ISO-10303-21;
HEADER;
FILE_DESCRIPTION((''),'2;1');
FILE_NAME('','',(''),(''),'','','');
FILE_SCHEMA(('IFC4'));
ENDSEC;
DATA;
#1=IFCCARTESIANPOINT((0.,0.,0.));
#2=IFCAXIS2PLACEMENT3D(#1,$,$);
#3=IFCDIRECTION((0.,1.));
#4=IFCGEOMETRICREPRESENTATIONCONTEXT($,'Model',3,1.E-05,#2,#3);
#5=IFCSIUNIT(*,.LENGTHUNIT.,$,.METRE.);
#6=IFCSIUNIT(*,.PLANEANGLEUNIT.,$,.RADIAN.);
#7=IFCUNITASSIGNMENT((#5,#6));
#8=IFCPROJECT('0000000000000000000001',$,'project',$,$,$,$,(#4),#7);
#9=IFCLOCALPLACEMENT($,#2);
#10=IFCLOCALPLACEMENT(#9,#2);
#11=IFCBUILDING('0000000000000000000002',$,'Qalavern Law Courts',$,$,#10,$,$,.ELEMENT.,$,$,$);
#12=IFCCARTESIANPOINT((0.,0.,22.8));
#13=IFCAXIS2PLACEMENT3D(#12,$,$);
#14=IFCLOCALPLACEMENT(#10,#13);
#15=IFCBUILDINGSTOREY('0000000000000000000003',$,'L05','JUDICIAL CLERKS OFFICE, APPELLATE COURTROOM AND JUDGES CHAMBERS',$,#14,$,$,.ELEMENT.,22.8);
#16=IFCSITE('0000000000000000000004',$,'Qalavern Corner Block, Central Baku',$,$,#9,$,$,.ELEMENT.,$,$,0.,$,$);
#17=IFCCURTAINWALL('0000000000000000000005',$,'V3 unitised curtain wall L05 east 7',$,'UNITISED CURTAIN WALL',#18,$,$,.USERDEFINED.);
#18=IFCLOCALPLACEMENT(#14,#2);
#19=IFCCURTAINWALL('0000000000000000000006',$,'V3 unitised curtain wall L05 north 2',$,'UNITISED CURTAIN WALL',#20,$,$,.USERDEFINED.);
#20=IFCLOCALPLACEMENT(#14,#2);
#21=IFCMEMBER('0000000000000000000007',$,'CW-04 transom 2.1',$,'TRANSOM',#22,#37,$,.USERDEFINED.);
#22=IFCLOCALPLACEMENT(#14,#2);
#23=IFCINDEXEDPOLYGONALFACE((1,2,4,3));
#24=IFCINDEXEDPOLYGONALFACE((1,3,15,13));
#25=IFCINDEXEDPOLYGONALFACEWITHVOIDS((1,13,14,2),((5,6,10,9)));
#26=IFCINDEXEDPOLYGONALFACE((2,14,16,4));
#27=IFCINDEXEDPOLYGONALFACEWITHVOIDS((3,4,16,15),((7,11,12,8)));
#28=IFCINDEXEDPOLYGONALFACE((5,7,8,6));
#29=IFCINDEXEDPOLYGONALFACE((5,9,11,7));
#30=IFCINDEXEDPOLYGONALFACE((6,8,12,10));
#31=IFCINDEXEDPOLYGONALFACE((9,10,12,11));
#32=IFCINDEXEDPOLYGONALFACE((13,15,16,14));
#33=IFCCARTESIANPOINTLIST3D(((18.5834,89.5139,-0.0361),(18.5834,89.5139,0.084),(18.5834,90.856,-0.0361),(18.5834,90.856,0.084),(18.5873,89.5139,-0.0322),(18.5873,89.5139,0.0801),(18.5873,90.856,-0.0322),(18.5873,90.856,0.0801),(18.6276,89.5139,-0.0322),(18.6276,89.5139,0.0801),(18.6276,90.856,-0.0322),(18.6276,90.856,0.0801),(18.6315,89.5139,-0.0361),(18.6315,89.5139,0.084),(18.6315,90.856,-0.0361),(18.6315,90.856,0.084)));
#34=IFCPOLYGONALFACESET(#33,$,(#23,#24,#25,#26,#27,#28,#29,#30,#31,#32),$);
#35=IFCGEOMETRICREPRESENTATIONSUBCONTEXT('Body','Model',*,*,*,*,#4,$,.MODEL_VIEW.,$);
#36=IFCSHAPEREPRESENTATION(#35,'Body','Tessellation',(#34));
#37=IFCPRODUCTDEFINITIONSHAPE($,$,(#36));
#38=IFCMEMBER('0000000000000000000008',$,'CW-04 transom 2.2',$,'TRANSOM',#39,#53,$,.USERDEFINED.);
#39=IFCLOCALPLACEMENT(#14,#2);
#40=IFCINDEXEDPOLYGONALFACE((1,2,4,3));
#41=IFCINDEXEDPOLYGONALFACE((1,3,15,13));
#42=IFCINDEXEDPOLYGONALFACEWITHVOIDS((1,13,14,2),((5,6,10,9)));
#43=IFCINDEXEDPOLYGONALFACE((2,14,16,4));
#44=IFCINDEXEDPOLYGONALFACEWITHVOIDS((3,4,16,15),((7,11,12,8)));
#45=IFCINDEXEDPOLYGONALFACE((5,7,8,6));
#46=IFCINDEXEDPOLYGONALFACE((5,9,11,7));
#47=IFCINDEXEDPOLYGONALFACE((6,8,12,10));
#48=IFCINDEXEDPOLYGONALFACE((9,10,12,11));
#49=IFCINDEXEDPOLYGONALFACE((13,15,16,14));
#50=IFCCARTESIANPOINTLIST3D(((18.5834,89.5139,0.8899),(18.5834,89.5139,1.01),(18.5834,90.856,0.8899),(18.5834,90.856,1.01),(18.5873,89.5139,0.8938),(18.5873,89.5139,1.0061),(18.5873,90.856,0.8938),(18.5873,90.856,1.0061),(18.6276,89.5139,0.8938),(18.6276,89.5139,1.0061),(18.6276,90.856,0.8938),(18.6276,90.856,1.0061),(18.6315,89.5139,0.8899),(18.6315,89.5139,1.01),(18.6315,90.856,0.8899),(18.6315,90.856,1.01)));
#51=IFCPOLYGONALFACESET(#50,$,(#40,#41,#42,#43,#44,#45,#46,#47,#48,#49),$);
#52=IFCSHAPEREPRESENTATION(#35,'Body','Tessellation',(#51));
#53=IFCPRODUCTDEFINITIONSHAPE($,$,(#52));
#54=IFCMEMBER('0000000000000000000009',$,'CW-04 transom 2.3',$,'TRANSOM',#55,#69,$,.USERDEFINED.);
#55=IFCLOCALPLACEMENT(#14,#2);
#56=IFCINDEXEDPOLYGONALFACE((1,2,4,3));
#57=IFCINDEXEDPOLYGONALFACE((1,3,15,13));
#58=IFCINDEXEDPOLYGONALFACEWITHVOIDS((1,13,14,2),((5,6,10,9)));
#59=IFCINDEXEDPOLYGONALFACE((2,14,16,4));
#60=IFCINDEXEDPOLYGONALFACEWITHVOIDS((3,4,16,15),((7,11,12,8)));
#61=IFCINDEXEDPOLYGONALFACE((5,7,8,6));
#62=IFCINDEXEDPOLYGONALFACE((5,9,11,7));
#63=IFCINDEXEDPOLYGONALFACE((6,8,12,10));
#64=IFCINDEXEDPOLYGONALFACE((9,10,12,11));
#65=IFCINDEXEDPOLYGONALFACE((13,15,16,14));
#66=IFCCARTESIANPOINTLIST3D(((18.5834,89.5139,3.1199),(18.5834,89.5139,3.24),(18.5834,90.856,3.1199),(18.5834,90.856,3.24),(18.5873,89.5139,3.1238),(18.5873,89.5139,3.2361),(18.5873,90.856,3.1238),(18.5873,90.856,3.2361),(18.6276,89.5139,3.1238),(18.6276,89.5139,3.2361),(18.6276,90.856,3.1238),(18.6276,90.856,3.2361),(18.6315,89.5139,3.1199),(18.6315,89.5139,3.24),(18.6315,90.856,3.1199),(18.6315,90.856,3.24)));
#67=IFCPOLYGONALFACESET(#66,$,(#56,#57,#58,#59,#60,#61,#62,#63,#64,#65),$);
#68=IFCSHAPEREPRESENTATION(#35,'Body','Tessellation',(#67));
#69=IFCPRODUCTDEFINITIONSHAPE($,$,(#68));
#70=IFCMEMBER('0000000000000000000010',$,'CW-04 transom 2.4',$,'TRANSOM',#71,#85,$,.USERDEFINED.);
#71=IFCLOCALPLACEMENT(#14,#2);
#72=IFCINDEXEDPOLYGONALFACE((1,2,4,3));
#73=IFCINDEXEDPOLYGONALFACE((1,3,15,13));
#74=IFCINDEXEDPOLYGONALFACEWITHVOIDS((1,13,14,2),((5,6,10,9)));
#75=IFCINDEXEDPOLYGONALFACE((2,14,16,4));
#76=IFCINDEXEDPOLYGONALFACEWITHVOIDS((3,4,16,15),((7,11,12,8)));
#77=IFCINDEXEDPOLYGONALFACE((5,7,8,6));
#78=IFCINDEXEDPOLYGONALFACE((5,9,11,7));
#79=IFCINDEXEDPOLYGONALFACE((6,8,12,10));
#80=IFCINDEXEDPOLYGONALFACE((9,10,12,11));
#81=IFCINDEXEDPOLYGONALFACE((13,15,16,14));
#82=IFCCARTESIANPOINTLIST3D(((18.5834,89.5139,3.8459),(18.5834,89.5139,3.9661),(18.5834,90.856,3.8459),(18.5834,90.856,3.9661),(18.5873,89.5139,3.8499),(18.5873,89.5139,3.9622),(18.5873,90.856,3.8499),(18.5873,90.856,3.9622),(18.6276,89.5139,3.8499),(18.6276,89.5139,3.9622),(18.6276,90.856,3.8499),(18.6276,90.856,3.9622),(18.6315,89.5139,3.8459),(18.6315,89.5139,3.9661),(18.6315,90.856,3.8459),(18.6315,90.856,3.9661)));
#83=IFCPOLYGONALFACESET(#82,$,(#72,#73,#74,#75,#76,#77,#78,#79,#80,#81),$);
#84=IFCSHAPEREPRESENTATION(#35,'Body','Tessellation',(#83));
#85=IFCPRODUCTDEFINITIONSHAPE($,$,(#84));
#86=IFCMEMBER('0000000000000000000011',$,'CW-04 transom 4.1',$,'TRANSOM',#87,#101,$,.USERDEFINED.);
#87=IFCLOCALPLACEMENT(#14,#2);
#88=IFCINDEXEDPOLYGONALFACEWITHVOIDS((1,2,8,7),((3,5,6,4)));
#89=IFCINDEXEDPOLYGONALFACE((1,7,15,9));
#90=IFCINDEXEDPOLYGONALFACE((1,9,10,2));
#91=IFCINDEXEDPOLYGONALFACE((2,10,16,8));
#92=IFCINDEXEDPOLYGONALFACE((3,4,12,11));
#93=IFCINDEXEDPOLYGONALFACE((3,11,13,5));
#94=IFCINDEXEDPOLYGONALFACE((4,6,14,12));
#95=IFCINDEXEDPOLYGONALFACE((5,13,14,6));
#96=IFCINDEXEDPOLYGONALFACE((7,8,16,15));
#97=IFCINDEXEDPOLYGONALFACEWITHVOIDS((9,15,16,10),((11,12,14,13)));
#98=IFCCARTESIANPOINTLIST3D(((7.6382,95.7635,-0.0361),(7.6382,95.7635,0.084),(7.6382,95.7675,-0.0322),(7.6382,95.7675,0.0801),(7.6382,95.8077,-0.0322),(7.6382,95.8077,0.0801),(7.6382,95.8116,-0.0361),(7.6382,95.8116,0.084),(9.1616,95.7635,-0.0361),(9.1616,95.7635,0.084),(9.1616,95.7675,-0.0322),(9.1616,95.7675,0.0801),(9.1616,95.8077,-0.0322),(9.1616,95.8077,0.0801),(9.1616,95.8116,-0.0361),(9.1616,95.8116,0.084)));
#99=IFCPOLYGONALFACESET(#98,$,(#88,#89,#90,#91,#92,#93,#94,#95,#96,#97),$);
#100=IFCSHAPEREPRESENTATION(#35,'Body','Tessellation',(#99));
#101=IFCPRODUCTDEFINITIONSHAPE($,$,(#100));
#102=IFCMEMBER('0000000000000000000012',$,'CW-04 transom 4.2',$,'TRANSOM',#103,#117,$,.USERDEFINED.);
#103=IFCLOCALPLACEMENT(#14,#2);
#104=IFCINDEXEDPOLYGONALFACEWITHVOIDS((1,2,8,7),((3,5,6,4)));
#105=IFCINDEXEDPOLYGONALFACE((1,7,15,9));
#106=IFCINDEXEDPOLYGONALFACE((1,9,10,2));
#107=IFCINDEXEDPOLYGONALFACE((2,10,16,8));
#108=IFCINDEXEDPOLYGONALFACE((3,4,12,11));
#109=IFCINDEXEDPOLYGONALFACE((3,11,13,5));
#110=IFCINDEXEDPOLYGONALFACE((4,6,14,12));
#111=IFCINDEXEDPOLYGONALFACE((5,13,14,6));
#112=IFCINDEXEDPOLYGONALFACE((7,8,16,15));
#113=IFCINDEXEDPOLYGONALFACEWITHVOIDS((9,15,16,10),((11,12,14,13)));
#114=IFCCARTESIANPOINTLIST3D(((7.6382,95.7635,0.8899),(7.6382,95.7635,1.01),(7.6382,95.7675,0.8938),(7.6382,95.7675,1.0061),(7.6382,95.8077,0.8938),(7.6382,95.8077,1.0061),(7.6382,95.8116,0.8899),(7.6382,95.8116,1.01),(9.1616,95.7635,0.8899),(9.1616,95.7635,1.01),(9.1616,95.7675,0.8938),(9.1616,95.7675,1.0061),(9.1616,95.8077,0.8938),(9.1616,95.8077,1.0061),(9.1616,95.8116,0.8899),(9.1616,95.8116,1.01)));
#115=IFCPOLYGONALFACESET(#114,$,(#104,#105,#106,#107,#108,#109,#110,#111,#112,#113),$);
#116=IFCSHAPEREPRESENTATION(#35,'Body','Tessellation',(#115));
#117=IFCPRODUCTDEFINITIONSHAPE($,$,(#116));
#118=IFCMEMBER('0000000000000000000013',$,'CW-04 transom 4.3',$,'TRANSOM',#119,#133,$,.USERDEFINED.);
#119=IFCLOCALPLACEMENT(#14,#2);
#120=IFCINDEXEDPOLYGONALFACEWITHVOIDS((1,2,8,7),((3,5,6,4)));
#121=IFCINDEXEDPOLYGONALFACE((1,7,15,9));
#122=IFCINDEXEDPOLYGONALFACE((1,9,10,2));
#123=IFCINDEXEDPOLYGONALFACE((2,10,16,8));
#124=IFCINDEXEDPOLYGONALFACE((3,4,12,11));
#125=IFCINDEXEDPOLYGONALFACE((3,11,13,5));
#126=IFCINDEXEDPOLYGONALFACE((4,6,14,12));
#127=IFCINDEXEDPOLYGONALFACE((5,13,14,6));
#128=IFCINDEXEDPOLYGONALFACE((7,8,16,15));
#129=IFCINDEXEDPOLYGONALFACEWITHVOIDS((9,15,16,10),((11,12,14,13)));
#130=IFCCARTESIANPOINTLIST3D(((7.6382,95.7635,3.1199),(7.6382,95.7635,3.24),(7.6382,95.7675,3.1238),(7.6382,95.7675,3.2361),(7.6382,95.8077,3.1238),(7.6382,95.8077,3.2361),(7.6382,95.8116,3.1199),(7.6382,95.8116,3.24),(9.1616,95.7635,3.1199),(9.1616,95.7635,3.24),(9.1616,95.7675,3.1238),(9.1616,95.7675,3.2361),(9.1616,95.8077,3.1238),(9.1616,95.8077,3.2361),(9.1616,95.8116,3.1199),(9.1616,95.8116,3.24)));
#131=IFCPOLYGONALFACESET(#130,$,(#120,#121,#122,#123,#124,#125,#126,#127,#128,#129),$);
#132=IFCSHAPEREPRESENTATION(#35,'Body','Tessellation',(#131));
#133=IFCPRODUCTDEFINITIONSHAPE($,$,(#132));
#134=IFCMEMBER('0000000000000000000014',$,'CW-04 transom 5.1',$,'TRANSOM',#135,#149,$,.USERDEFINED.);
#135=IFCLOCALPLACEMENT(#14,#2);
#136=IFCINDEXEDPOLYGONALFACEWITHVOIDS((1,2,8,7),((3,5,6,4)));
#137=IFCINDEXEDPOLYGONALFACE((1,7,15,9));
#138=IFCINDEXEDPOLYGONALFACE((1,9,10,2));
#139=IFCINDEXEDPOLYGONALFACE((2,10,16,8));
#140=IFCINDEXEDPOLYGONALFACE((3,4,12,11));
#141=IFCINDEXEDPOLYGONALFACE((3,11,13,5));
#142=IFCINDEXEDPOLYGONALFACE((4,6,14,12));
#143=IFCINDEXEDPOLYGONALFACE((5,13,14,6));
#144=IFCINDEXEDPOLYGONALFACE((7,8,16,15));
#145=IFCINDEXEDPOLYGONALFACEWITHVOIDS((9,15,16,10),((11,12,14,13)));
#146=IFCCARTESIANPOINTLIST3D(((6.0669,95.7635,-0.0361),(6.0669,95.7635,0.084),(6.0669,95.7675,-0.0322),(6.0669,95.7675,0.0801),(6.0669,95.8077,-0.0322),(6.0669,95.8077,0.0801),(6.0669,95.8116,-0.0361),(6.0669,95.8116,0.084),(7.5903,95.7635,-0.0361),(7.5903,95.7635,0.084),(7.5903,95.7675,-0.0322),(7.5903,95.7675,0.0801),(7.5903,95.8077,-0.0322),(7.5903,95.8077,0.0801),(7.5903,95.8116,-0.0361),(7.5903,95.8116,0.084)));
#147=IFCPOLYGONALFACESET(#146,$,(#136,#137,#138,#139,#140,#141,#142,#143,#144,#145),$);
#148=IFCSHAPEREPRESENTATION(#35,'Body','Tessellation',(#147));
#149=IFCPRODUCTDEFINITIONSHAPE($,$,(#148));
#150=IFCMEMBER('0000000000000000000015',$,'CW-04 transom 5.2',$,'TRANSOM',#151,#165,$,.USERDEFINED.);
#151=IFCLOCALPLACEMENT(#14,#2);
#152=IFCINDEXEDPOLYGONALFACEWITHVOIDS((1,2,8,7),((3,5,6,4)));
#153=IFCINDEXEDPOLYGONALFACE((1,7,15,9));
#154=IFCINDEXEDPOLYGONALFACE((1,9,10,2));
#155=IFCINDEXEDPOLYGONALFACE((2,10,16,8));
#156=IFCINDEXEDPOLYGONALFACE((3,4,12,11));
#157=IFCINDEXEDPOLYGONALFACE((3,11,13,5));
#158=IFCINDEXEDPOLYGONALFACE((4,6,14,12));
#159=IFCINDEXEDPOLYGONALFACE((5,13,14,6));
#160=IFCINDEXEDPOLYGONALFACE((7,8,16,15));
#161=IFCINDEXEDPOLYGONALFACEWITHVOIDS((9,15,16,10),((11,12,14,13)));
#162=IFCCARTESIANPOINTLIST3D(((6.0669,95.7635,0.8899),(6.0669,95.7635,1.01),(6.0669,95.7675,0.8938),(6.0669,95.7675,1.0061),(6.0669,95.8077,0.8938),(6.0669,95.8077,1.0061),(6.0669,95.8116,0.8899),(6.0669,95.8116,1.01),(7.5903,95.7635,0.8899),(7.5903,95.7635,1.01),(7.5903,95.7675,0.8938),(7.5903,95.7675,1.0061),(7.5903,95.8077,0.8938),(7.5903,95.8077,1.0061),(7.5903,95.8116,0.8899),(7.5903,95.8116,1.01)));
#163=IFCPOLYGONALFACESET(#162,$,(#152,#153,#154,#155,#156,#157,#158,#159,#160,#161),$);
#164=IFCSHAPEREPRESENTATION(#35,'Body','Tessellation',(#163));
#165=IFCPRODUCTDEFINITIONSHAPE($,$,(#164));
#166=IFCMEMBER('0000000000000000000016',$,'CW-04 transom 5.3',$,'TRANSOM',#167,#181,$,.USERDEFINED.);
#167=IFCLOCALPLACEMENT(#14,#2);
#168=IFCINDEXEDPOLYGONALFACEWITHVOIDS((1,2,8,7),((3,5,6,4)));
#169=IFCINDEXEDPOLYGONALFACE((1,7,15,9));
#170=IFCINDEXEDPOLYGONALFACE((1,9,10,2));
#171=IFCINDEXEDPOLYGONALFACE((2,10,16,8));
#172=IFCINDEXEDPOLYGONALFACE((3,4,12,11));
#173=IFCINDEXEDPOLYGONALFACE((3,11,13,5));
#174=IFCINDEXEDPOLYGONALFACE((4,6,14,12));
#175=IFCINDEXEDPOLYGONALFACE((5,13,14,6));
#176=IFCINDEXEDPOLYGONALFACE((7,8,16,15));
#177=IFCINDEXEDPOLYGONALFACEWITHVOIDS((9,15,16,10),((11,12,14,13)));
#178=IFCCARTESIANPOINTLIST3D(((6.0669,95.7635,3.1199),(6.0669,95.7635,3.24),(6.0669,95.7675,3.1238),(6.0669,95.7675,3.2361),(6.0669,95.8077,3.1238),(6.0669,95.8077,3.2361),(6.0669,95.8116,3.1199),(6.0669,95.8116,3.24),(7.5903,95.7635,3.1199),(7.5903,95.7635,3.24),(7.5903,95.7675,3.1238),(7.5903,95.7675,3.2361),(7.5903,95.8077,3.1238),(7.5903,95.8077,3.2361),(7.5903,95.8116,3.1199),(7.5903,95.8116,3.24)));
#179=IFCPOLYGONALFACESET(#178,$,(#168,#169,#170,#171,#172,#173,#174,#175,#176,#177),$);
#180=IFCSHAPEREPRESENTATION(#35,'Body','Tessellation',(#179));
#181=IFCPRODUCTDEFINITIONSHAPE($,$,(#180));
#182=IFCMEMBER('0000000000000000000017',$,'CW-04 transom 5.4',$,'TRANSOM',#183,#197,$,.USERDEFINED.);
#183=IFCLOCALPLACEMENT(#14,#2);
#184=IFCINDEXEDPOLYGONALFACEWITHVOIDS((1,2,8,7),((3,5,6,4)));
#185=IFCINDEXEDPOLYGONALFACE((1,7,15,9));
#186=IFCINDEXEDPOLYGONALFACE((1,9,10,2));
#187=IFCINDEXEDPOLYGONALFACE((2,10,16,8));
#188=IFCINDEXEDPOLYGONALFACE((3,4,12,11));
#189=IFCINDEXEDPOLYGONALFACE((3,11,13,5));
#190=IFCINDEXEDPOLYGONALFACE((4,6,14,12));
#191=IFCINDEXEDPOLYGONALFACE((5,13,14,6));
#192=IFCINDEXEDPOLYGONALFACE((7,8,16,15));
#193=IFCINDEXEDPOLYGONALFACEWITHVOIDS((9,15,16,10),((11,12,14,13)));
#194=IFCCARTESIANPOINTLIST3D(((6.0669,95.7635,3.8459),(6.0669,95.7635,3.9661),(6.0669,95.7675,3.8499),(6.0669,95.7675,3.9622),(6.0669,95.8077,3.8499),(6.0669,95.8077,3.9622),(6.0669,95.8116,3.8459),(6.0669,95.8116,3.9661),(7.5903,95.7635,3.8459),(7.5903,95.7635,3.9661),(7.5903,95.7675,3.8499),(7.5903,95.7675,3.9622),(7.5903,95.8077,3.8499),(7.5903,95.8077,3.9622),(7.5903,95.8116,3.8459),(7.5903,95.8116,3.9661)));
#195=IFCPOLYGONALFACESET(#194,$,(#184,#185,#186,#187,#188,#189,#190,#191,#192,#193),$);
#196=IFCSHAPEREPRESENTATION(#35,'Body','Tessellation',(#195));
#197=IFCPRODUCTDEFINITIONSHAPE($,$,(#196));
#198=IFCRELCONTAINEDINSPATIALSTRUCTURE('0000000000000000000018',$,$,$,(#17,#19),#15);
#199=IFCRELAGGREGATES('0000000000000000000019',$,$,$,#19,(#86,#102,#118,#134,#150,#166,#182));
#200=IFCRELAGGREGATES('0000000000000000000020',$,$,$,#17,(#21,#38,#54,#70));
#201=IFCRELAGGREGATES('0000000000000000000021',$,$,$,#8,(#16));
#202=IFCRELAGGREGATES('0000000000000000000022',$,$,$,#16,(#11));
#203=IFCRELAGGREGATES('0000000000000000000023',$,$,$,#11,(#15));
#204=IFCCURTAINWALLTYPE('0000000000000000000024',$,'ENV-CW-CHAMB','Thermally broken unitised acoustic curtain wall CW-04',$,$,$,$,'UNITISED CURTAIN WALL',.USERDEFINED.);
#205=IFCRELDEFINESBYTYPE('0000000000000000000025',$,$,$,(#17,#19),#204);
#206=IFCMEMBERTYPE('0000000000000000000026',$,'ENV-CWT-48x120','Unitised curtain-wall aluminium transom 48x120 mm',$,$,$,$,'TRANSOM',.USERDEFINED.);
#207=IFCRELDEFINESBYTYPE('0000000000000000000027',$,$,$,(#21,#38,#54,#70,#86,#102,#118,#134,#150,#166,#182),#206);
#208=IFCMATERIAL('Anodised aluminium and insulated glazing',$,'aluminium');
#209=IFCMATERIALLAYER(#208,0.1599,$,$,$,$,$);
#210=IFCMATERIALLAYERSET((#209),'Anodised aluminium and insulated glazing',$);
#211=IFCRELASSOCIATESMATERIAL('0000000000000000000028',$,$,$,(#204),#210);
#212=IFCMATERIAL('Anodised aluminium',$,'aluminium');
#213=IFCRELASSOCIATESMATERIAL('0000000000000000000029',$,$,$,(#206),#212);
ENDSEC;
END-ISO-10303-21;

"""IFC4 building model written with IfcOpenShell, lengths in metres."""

from ifc_helpers import new_model, si_unit, direction, frame, origin, origin_2d, place, context, subcontext, project, spatial, hollow_rectangle, extrude, material, layer, layer_set, material_profile, profile_set, type_object, element, aggregate, save


model = new_model("IFC4")

# Units and contexts
model_context = context("Model", 3, precision=1e-05, world=origin(), true_north=direction((0.0, 1.0)))
body_context = subcontext(model_context, "Body", "Model", "MODEL_VIEW")
ifc_project = project(units=[si_unit("LENGTHUNIT", "METRE"), si_unit("PLANEANGLEUNIT", "RADIAN")], contexts=[model_context])

# Site, building, storey
site_placement = place(None, origin())
site = spatial("IfcSite", under=ifc_project, at=site_placement, Name="Qalavern Corner Block, Central Baku", CompositionType="ELEMENT", RefElevation=0.0)
building_placement = place(site_placement, origin())
building = spatial("IfcBuilding", under=site, at=building_placement, Name="Qalavern Law Courts", CompositionType="ELEMENT")
storey_placement = place(building_placement, frame((0.0, 0.0, 22.8)))
storey = spatial("IfcBuildingStorey", under=building, at=storey_placement, Name="L05", Description="JUDICIAL CLERKS OFFICE, APPELLATE COURTROOM AND JUDGES CHAMBERS", CompositionType="ELEMENT", Elevation=22.8)

# Curtain wall
ifc_material_1 = material(Name="Anodised aluminium and insulated glazing", Category="aluminium")
ifc_layer_1 = layer(ifc_material_1, 0.1599)
ifc_layer_set_1 = layer_set([ifc_layer_1], Name="Anodised aluminium and insulated glazing")
curtain_wall_type = type_object("IfcCurtainWallType", Name="ENV-CW-CHAMB", Description="Thermally broken unitised acoustic curtain wall CW-04", ElementType="UNITISED CURTAIN WALL", PredefinedType="USERDEFINED", material=ifc_layer_set_1)
curtain_wall_1_placement = place(storey_placement, origin())
curtain_wall_1 = element("IfcCurtainWall", 1, at=curtain_wall_1_placement, inside=storey, type_object=curtain_wall_type, Name="V3 unitised curtain wall L05 east 7", ObjectType="UNITISED CURTAIN WALL", PredefinedType="USERDEFINED")
ifc_material_2 = material(Name="Anodised aluminium", Category="aluminium")

# Curtain wall
curtain_wall_2_placement = place(storey_placement, origin())
curtain_wall_2 = element("IfcCurtainWall", 2, at=curtain_wall_2_placement, inside=storey, type_object=curtain_wall_type, Name="V3 unitised curtain wall L05 north 2", ObjectType="UNITISED CURTAIN WALL", PredefinedType="USERDEFINED")

# Members
ifc_material_profile_1 = material_profile(ifc_material_2, hollow_rectangle(XDim=0.0481, YDim=0.1201, WallThickness=0.0039, at=origin_2d()), Name="ALU TRANSOM 48x120")
ifc_profile_set_1 = profile_set([ifc_material_profile_1], Name="Anodised aluminium")
member_type_1 = type_object("IfcMemberType", Name="ENV-CWT-48x120", Description="Unitised curtain-wall aluminium transom 48x120 mm", ElementType="TRANSOM", PredefinedType="USERDEFINED", material=ifc_profile_set_1)
member_1_placement = place(storey_placement, frame((18.6074, 89.5139, 0.0239), z_axis=(0.0, 1.0, 0.0), x_axis=(-1.0, 0.0, 0.0)))
member_1 = element("IfcMember", 3, at=member_1_placement, type_object=member_type_1, Name="CW-04 transom 2.1", ObjectType="TRANSOM", PredefinedType="USERDEFINED", context=body_context, shape_type="SweptSolid", body=[
    extrude(hollow_rectangle(XDim=0.0481, YDim=0.1201, WallThickness=0.0039, at=origin_2d()), origin(), (0.0, 0.0, 1.0), 1.342),
])
member_2_placement = place(storey_placement, frame((18.6074, 89.5139, 0.95), z_axis=(0.0, 1.0, 0.0), x_axis=(-1.0, 0.0, 0.0)))
member_2 = element("IfcMember", 4, at=member_2_placement, type_object=member_type_1, Name="CW-04 transom 2.2", ObjectType="TRANSOM", PredefinedType="USERDEFINED", context=body_context, shape_type="SweptSolid", body=[
    extrude(hollow_rectangle(XDim=0.0481, YDim=0.1201, WallThickness=0.0039, at=origin_2d()), origin(), (0.0, 0.0, 1.0), 1.342),
])
member_3_placement = place(storey_placement, frame((18.6074, 89.5139, 3.1799), z_axis=(0.0, 1.0, 0.0), x_axis=(-1.0, 0.0, 0.0)))
member_3 = element("IfcMember", 5, at=member_3_placement, type_object=member_type_1, Name="CW-04 transom 2.3", ObjectType="TRANSOM", PredefinedType="USERDEFINED", context=body_context, shape_type="SweptSolid", body=[
    extrude(hollow_rectangle(XDim=0.0481, YDim=0.1201, WallThickness=0.0039, at=origin_2d()), origin(), (0.0, 0.0, 1.0), 1.342),
])
member_4_placement = place(storey_placement, frame((18.6074, 89.5139, 3.906), z_axis=(0.0, 1.0, 0.0), x_axis=(-1.0, 0.0, 0.0)))
member_4 = element("IfcMember", 6, at=member_4_placement, type_object=member_type_1, Name="CW-04 transom 2.4", ObjectType="TRANSOM", PredefinedType="USERDEFINED", context=body_context, shape_type="SweptSolid", body=[
    extrude(hollow_rectangle(XDim=0.0481, YDim=0.1201, WallThickness=0.0039, at=origin_2d()), origin(), (0.0, 0.0, 1.0), 1.342),
])
member_5_placement = place(storey_placement, frame((9.1616, 95.7876, 0.0239), z_axis=(-1.0, 0.0, 0.0), x_axis=(0.0, -1.0, 0.0)))
member_5 = element("IfcMember", 7, at=member_5_placement, type_object=member_type_1, Name="CW-04 transom 4.1", ObjectType="TRANSOM", PredefinedType="USERDEFINED", context=body_context, shape_type="SweptSolid", body=[
    extrude(hollow_rectangle(XDim=0.0481, YDim=0.1201, WallThickness=0.0039, at=origin_2d()), origin(), (0.0, 0.0, 1.0), 1.5234),
])
member_6_placement = place(storey_placement, frame((9.1616, 95.7876, 0.95), z_axis=(-1.0, 0.0, 0.0), x_axis=(0.0, -1.0, 0.0)))
member_6 = element("IfcMember", 8, at=member_6_placement, type_object=member_type_1, Name="CW-04 transom 4.2", ObjectType="TRANSOM", PredefinedType="USERDEFINED", context=body_context, shape_type="SweptSolid", body=[
    extrude(hollow_rectangle(XDim=0.0481, YDim=0.1201, WallThickness=0.0039, at=origin_2d()), origin(), (0.0, 0.0, 1.0), 1.5234),
])
member_7_placement = place(storey_placement, frame((9.1616, 95.7876, 3.1799), z_axis=(-1.0, 0.0, 0.0), x_axis=(0.0, -1.0, 0.0)))
member_7 = element("IfcMember", 9, at=member_7_placement, type_object=member_type_1, Name="CW-04 transom 4.3", ObjectType="TRANSOM", PredefinedType="USERDEFINED", context=body_context, shape_type="SweptSolid", body=[
    extrude(hollow_rectangle(XDim=0.0481, YDim=0.1201, WallThickness=0.0039, at=origin_2d()), origin(), (0.0, 0.0, 1.0), 1.5234),
])
member_8_placement = place(storey_placement, frame((7.5903, 95.7876, 0.0239), z_axis=(-1.0, 0.0, 0.0), x_axis=(0.0, -1.0, 0.0)))
member_8 = element("IfcMember", 10, at=member_8_placement, type_object=member_type_1, Name="CW-04 transom 5.1", ObjectType="TRANSOM", PredefinedType="USERDEFINED", context=body_context, shape_type="SweptSolid", body=[
    extrude(hollow_rectangle(XDim=0.0481, YDim=0.1201, WallThickness=0.0039, at=origin_2d()), origin(), (0.0, 0.0, 1.0), 1.5234),
])
member_9_placement = place(storey_placement, frame((7.5903, 95.7876, 0.95), z_axis=(-1.0, 0.0, 0.0), x_axis=(0.0, -1.0, 0.0)))
member_9 = element("IfcMember", 11, at=member_9_placement, type_object=member_type_1, Name="CW-04 transom 5.2", ObjectType="TRANSOM", PredefinedType="USERDEFINED", context=body_context, shape_type="SweptSolid", body=[
    extrude(hollow_rectangle(XDim=0.0481, YDim=0.1201, WallThickness=0.0039, at=origin_2d()), origin(), (0.0, 0.0, 1.0), 1.5234),
])
member_10_placement = place(storey_placement, frame((7.5903, 95.7876, 3.1799), z_axis=(-1.0, 0.0, 0.0), x_axis=(0.0, -1.0, 0.0)))
member_10 = element("IfcMember", 12, at=member_10_placement, type_object=member_type_1, Name="CW-04 transom 5.3", ObjectType="TRANSOM", PredefinedType="USERDEFINED", context=body_context, shape_type="SweptSolid", body=[
    extrude(hollow_rectangle(XDim=0.0481, YDim=0.1201, WallThickness=0.0039, at=origin_2d()), origin(), (0.0, 0.0, 1.0), 1.5234),
])
member_11_placement = place(storey_placement, frame((7.5903, 95.7876, 3.906), z_axis=(-1.0, 0.0, 0.0), x_axis=(0.0, -1.0, 0.0)))
member_11 = element("IfcMember", 13, at=member_11_placement, type_object=member_type_1, Name="CW-04 transom 5.4", ObjectType="TRANSOM", PredefinedType="USERDEFINED", context=body_context, shape_type="SweptSolid", body=[
    extrude(hollow_rectangle(XDim=0.0481, YDim=0.1201, WallThickness=0.0039, at=origin_2d()), origin(), (0.0, 0.0, 1.0), 1.5234),
])

aggregate(curtain_wall_2, [member_5, member_6, member_7, member_8, member_9, member_10, member_11])
aggregate(curtain_wall_1, [member_1, member_2, member_3, member_4])

save(model, "model.ifc")
